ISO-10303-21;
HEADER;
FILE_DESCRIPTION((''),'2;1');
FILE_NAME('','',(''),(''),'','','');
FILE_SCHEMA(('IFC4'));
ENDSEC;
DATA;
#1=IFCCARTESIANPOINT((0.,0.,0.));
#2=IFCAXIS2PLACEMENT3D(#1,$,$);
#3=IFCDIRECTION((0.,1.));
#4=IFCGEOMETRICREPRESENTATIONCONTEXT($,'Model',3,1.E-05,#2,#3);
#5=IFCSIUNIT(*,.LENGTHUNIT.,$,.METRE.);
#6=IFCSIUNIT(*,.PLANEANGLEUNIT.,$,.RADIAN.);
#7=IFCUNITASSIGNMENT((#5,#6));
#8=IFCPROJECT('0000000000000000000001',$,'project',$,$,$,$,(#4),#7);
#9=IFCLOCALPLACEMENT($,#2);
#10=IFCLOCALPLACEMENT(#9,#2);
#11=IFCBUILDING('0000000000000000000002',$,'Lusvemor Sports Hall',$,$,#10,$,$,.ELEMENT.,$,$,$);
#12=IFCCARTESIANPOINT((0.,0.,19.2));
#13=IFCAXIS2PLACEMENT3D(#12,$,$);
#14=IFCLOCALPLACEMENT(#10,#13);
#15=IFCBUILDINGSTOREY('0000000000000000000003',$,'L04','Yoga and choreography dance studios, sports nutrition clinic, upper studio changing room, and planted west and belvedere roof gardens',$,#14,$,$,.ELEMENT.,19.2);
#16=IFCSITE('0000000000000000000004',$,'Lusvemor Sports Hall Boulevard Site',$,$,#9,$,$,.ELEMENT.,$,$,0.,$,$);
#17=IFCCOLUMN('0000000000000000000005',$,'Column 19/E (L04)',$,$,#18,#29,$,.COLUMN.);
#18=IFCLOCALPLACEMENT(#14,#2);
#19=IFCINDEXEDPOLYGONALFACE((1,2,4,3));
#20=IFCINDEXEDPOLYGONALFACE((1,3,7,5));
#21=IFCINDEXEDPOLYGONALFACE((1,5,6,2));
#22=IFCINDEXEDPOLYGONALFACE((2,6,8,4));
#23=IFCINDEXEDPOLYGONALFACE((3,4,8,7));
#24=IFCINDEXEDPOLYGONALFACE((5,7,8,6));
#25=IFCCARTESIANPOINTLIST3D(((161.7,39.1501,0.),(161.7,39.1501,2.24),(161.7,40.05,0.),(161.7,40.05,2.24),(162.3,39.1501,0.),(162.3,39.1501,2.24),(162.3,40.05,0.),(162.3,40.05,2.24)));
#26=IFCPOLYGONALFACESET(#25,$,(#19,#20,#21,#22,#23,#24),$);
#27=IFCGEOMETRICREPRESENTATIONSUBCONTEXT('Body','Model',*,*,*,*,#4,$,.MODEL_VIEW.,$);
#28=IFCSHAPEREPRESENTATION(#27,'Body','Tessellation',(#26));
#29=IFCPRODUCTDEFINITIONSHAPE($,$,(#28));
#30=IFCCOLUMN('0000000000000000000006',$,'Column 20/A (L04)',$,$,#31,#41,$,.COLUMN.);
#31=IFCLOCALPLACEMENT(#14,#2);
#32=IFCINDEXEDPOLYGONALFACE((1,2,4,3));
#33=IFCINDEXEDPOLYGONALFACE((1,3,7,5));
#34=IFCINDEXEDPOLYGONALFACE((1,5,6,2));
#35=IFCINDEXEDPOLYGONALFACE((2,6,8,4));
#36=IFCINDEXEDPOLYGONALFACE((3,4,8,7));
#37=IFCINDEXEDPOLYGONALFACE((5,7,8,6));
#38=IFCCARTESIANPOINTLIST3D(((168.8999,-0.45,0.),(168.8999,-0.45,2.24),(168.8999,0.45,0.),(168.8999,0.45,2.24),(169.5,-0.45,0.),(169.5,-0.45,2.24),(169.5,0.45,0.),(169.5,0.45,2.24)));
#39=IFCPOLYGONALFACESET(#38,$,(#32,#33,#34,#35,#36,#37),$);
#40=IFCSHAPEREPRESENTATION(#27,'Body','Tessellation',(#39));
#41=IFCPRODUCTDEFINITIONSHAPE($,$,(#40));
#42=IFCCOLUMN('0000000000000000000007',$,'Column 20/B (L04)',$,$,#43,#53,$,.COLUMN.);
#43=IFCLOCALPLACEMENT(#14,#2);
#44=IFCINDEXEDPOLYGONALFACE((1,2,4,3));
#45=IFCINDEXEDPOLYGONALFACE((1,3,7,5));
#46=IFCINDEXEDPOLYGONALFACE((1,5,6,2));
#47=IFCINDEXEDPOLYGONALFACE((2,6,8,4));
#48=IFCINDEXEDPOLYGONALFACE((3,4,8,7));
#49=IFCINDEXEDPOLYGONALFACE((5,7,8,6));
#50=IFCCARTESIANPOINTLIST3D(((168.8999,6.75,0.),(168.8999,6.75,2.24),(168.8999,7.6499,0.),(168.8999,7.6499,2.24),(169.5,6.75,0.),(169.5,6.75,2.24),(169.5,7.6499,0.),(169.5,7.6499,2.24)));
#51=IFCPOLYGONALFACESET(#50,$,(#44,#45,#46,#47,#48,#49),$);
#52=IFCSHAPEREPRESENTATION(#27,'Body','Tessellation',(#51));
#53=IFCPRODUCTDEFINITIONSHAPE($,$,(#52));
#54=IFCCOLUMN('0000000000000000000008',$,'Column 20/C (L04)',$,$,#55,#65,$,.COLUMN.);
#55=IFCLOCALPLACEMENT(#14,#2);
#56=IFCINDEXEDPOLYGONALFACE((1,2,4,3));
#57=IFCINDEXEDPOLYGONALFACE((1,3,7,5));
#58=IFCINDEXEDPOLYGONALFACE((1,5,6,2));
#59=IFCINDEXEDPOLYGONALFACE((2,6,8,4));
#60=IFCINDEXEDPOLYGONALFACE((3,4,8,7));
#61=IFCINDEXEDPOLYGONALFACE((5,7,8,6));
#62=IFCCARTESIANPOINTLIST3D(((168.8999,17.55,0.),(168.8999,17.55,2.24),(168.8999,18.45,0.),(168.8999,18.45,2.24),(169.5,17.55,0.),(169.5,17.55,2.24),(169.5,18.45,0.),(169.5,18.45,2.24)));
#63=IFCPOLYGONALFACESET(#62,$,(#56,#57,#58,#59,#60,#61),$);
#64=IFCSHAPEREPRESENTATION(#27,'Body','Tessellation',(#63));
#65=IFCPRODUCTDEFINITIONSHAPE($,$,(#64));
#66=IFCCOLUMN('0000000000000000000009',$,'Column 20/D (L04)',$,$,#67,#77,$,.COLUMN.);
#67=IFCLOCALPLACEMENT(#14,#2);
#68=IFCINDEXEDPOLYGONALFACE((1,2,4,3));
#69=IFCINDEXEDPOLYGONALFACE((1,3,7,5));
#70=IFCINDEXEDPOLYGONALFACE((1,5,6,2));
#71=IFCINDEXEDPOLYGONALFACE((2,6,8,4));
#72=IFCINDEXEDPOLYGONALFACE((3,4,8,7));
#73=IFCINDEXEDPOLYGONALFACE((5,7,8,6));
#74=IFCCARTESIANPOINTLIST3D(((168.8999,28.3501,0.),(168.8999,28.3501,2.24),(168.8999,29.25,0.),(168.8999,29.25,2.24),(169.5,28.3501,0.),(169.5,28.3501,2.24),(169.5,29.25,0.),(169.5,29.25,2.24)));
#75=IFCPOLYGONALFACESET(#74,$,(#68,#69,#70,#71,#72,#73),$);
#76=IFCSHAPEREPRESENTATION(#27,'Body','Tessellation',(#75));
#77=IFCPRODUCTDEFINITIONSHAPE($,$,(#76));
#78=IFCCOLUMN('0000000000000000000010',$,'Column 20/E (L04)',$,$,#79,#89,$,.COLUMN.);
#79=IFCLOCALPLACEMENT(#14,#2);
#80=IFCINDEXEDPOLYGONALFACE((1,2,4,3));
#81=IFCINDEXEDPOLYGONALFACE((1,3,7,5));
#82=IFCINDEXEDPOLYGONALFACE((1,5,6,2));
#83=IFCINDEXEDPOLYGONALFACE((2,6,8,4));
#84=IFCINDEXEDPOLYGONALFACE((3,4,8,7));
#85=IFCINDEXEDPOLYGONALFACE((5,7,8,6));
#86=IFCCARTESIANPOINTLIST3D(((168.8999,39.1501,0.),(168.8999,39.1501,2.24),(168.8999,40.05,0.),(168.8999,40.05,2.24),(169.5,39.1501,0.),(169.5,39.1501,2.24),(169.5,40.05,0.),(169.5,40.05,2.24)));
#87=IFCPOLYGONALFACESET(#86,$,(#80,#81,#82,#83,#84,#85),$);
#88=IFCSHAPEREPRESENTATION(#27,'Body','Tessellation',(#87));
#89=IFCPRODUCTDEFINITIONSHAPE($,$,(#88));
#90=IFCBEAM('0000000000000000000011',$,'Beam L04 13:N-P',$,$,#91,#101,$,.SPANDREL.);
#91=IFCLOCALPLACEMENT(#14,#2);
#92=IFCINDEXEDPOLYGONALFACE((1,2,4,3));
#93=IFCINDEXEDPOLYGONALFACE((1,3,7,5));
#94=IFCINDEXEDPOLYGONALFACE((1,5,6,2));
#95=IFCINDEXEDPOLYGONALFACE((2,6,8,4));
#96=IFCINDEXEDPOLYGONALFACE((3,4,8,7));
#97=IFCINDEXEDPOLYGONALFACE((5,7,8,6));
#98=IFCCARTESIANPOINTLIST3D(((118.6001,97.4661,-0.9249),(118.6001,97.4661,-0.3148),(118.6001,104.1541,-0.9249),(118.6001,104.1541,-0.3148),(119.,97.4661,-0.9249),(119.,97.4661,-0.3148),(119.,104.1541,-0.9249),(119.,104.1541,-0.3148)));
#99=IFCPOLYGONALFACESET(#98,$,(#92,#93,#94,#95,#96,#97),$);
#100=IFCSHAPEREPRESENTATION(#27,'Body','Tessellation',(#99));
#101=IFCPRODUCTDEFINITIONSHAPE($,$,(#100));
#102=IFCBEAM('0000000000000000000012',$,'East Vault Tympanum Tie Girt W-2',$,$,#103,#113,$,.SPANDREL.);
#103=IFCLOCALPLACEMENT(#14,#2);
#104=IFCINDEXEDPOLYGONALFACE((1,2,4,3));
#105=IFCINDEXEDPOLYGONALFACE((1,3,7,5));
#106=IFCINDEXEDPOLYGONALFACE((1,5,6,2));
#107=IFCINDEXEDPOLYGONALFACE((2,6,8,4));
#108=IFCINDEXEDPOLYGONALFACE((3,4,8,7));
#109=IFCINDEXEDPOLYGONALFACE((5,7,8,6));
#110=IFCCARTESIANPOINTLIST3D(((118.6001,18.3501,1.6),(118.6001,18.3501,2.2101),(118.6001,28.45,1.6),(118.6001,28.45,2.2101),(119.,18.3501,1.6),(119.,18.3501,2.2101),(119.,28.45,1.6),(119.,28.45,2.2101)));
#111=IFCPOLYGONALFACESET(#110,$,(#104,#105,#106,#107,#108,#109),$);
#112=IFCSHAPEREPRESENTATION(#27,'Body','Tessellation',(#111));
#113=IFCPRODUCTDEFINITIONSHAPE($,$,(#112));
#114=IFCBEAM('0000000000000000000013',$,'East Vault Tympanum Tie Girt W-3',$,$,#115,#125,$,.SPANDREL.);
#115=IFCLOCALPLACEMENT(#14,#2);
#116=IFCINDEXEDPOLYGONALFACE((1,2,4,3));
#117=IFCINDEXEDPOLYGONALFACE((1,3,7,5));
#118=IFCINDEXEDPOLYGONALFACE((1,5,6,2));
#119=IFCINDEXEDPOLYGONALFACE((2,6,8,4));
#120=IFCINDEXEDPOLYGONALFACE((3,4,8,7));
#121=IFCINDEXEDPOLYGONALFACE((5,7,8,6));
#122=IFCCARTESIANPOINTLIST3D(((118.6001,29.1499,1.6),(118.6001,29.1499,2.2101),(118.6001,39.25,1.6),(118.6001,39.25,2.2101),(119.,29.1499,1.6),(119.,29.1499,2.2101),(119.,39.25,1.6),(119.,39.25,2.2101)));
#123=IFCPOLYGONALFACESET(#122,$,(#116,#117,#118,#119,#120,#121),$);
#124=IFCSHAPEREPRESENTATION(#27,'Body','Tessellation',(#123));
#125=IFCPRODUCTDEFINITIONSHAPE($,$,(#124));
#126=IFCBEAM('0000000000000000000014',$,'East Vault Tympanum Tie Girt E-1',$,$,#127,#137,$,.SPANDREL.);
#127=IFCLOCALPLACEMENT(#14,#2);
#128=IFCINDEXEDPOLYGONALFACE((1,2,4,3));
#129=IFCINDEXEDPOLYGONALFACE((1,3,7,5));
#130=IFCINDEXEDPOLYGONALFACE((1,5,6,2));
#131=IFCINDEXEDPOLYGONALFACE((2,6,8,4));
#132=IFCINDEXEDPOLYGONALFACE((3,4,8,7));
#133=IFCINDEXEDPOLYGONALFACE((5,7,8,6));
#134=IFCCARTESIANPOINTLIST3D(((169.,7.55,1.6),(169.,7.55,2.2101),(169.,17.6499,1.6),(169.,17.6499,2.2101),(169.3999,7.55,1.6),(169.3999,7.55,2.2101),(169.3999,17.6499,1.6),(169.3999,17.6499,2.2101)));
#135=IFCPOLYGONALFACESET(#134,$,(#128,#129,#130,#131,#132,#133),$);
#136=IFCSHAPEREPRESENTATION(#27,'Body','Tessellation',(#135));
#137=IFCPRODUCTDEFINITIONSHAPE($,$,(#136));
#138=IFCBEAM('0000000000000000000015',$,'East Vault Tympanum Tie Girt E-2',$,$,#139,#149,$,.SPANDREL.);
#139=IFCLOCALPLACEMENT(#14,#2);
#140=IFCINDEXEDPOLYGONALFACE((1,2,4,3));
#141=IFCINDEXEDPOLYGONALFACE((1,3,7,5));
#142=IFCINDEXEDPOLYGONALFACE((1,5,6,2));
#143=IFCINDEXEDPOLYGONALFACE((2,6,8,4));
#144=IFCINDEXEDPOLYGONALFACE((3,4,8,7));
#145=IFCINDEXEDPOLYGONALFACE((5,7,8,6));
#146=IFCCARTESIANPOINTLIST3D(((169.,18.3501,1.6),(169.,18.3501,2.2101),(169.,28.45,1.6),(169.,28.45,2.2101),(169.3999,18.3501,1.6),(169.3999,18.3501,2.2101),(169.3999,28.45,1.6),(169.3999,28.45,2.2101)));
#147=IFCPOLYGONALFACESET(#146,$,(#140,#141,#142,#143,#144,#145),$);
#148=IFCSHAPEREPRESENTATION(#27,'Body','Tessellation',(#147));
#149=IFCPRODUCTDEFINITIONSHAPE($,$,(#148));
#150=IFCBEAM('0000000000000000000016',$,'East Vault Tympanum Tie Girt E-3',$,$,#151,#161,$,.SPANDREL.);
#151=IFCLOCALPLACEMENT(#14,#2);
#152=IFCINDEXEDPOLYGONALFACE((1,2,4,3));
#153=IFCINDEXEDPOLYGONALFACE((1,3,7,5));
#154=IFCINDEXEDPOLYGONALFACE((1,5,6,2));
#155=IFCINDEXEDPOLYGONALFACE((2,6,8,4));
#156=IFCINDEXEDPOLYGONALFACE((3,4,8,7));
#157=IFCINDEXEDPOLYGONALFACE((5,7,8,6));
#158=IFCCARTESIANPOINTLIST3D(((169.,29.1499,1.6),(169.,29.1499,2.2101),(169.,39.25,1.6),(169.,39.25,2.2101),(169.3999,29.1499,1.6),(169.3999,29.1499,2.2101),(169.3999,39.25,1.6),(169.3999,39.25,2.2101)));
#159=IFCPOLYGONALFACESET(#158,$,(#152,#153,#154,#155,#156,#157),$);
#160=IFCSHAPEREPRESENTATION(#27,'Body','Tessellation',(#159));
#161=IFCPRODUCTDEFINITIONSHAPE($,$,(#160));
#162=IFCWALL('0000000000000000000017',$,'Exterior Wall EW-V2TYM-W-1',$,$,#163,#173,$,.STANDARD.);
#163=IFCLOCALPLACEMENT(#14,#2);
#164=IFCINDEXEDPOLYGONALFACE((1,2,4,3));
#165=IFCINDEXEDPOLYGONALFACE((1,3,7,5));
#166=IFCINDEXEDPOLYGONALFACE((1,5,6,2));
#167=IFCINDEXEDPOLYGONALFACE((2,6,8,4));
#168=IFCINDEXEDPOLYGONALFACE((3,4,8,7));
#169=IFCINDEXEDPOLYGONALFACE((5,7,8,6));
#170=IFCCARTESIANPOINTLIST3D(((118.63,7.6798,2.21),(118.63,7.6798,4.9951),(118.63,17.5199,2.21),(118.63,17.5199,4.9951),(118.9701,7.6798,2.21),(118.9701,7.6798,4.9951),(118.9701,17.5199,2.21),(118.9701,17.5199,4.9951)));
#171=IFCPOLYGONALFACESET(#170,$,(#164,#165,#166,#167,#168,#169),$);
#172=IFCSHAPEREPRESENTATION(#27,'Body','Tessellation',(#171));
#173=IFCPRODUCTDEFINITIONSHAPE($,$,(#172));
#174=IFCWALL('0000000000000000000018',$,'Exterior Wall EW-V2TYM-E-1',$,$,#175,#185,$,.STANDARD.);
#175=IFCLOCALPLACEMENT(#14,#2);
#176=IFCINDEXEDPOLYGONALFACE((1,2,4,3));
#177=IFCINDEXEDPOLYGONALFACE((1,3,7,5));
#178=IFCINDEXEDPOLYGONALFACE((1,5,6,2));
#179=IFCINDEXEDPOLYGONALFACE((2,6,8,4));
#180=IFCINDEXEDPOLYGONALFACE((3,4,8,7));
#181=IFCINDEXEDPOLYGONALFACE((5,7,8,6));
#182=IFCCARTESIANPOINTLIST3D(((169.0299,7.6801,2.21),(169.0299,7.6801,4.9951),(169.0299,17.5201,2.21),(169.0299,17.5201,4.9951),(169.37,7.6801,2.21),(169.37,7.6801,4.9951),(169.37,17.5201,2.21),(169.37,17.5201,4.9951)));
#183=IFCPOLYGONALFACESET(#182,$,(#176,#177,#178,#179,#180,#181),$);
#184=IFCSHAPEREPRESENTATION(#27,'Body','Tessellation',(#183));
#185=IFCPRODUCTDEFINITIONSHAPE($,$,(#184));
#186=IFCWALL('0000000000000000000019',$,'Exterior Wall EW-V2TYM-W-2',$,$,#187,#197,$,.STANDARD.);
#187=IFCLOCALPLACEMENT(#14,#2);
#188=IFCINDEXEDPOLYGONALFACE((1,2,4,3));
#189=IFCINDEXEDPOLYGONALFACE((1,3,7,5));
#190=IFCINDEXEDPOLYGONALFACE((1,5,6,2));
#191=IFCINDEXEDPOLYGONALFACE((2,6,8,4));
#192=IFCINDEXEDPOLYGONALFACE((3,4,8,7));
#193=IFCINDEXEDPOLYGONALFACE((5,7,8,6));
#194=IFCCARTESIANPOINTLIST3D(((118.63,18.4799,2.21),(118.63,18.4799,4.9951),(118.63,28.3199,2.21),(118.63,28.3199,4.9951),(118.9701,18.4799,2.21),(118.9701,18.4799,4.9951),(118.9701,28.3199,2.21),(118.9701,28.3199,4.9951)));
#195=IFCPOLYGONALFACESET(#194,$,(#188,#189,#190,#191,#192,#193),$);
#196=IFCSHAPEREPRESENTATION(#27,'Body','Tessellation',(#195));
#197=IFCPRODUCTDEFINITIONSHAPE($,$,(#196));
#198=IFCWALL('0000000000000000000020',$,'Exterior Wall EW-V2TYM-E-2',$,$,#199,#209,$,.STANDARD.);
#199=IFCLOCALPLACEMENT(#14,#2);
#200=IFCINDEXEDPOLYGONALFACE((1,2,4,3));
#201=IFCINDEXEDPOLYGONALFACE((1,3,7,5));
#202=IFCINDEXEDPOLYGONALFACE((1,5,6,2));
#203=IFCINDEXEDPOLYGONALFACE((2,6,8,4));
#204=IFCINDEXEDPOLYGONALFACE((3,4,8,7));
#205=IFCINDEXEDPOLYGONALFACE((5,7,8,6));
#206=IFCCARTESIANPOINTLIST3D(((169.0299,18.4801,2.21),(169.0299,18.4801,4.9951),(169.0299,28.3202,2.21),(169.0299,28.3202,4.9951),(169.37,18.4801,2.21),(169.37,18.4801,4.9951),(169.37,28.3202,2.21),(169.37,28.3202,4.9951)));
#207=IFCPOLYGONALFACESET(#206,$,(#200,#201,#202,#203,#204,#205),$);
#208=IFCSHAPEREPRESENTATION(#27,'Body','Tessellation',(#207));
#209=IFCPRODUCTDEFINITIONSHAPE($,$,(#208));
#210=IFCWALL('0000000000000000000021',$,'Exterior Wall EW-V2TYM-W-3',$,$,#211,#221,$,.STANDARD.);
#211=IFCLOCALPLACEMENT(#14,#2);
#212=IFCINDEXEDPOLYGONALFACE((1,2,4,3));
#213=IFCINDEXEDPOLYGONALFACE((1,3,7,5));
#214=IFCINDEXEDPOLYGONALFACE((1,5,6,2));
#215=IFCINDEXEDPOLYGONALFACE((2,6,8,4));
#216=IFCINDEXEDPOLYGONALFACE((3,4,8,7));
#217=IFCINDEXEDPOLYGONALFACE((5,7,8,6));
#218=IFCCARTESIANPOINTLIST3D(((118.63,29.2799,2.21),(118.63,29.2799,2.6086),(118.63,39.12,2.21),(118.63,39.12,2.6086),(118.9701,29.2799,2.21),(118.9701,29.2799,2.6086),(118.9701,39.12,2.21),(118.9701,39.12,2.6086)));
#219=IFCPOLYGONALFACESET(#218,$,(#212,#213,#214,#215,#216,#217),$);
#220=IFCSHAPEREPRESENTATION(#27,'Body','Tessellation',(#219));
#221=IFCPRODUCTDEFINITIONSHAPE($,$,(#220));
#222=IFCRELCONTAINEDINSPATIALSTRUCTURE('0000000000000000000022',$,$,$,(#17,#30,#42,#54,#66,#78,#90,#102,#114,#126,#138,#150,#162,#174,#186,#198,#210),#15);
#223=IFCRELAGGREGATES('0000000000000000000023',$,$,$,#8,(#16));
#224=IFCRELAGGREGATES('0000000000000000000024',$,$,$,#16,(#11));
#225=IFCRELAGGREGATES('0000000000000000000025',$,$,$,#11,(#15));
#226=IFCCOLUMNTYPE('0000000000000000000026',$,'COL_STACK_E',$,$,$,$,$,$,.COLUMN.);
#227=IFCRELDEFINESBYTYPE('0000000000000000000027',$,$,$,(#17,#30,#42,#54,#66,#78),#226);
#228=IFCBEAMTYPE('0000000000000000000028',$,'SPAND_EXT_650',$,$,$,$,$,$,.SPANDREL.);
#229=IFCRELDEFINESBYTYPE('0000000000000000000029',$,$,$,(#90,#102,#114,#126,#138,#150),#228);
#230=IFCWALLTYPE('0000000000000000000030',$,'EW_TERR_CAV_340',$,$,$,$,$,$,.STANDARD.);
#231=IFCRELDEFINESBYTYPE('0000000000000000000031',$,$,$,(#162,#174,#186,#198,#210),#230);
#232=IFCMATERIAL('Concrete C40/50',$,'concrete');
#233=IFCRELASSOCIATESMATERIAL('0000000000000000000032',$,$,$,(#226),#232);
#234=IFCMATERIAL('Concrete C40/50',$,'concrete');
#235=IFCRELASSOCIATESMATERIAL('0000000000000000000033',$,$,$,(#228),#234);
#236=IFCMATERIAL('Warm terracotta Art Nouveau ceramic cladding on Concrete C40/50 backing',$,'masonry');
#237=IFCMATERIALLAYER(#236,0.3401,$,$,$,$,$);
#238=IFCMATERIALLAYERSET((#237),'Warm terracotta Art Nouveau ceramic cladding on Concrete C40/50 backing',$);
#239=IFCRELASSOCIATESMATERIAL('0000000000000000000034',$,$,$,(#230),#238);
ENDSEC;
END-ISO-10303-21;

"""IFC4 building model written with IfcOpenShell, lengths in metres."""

from ifc_helpers import new_model, si_unit, direction, frame, frame_2d, origin, origin_2d, place, context, subcontext, project, spatial, rectangle, extrude, material, layer, layer_set, material_profile, profile_set, type_object, element, save


model = new_model("IFC4")

# Units and contexts
model_context = context("Model", 3, precision=1e-05, world=origin(), true_north=direction((0.0, 1.0)))
body_context = subcontext(model_context, "Body", "Model", "MODEL_VIEW")
ifc_project = project(units=[si_unit("LENGTHUNIT", "METRE"), si_unit("PLANEANGLEUNIT", "RADIAN")], contexts=[model_context])

# Site, building, storey
site_placement = place(None, origin())
site = spatial("IfcSite", under=ifc_project, at=site_placement, Name="Lusvemor Sports Hall Boulevard Site", CompositionType="ELEMENT", RefElevation=0.0)
building_placement = place(site_placement, origin())
building = spatial("IfcBuilding", under=site, at=building_placement, Name="Lusvemor Sports Hall", CompositionType="ELEMENT")
storey_placement = place(building_placement, frame((0.0, 0.0, 19.2)))
storey = spatial("IfcBuildingStorey", under=building, at=storey_placement, Name="L04", Description="Yoga and choreography dance studios, sports nutrition clinic, upper studio changing room, and planted west and belvedere roof gardens", CompositionType="ELEMENT", Elevation=19.2)

# Columns
ifc_material_1 = material(Name="Concrete C40/50", Category="concrete")
ifc_material_profile_1 = material_profile(ifc_material_1, rectangle(XDim=0.6001, YDim=0.8999, at=origin_2d()), Name="RC600x900")
ifc_profile_set_1 = profile_set([ifc_material_profile_1], Name="Concrete C40/50")
column_type = type_object("IfcColumnType", Name="COL_STACK_E", PredefinedType="COLUMN", material=ifc_profile_set_1)
for number, where, z_axis, x_axis, name in (
    (1, (162.0, 39.6001, 0.0), (0.0, 0.0, 1.0), (1.0, 0.0, 0.0), "Column 19/E (L04)"),
    (2, (169.2, 0.0, 0.0), (0.0, 0.0, 1.0), (1.0, 0.0, 0.0), "Column 20/A (L04)"),
    (3, (169.2, 7.2, 0.0), (0.0, 0.0, 1.0), (1.0, 0.0, 0.0), "Column 20/B (L04)"),
    (4, (169.2, 18.0, 0.0), (0.0, 0.0, 1.0), (1.0, 0.0, 0.0), "Column 20/C (L04)"),
    (5, (169.2, 28.8, 0.0), (0.0, 0.0, 1.0), (1.0, 0.0, 0.0), "Column 20/D (L04)"),
    (6, (169.2, 39.6001, 0.0), (0.0, 0.0, 1.0), (1.0, 0.0, 0.0), "Column 20/E (L04)"),
):
    element("IfcColumn", number, at=place(storey_placement, frame(where, z_axis=z_axis, x_axis=x_axis)), inside=storey, type_object=column_type, Name=name, PredefinedType="COLUMN", context=body_context, shape_type="SweptSolid", body=[
        extrude(rectangle(XDim=0.6001, YDim=0.8999, at=origin_2d()), origin(), (0.0, 0.0, 1.0), 2.24),
    ])

# Beams
ifc_material_2 = material(Name="Concrete C40/50", Category="concrete")
ifc_material_profile_2 = material_profile(ifc_material_2, rectangle(XDim=0.3999, YDim=0.6101, at=origin_2d()), Name="RC400x610")
ifc_profile_set_2 = profile_set([ifc_material_profile_2], Name="Concrete C40/50")
beam_type = type_object("IfcBeamType", Name="SPAND_EXT_650", PredefinedType="SPANDREL", material=ifc_profile_set_2)
beam_1_placement = place(storey_placement, frame((118.8, 97.4661, -0.6199), z_axis=(0.0, 1.0, 0.0), x_axis=(-1.0, 0.0, 0.0)))
element("IfcBeam", 7, at=beam_1_placement, inside=storey, type_object=beam_type, Name="Beam L04 13:N-P", PredefinedType="SPANDREL", context=body_context, shape_type="SweptSolid", body=[
    extrude(rectangle(XDim=0.3999, YDim=0.6101, at=origin_2d()), origin(), (0.0, 0.0, 1.0), 6.688),
])
beam_2_placement = place(storey_placement, frame((118.8, 18.3501, 1.905), z_axis=(0.0, 1.0, 0.0), x_axis=(-1.0, 0.0, 0.0)))
element("IfcBeam", 8, at=beam_2_placement, inside=storey, type_object=beam_type, Name="East Vault Tympanum Tie Girt W-2", PredefinedType="SPANDREL", context=body_context, shape_type="SweptSolid", body=[
    extrude(rectangle(XDim=0.3999, YDim=0.6101, at=origin_2d()), origin(), (0.0, 0.0, 1.0), 10.0999),
])
beam_3_placement = place(storey_placement, frame((118.8, 29.1499, 1.905), z_axis=(0.0, 1.0, 0.0), x_axis=(-1.0, 0.0, 0.0)))
element("IfcBeam", 9, at=beam_3_placement, inside=storey, type_object=beam_type, Name="East Vault Tympanum Tie Girt W-3", PredefinedType="SPANDREL", context=body_context, shape_type="SweptSolid", body=[
    extrude(rectangle(XDim=0.3999, YDim=0.6101, at=origin_2d()), origin(), (0.0, 0.0, 1.0), 10.1001),
])
for number, where, z_axis, x_axis, name in (
    (10, (169.2, 7.55, 1.905), (0.0, 1.0, 0.0), (-1.0, 0.0, 0.0), "East Vault Tympanum Tie Girt E-1"),
    (11, (169.2, 18.3501, 1.905), (0.0, 1.0, 0.0), (-1.0, 0.0, 0.0), "East Vault Tympanum Tie Girt E-2"),
):
    element("IfcBeam", number, at=place(storey_placement, frame(where, z_axis=z_axis, x_axis=x_axis)), inside=storey, type_object=beam_type, Name=name, PredefinedType="SPANDREL", context=body_context, shape_type="SweptSolid", body=[
        extrude(rectangle(XDim=0.3999, YDim=0.6101, at=origin_2d()), origin(), (0.0, 0.0, 1.0), 10.0999),
    ])
beam_4_placement = place(storey_placement, frame((169.2, 29.1499, 1.905), z_axis=(0.0, 1.0, 0.0), x_axis=(-1.0, 0.0, 0.0)))
element("IfcBeam", 12, at=beam_4_placement, inside=storey, type_object=beam_type, Name="East Vault Tympanum Tie Girt E-3", PredefinedType="SPANDREL", context=body_context, shape_type="SweptSolid", body=[
    extrude(rectangle(XDim=0.3999, YDim=0.6101, at=origin_2d()), origin(), (0.0, 0.0, 1.0), 10.1001),
])

# Walls
ifc_material_3 = material(Name="Warm terracotta Art Nouveau ceramic cladding on Concrete C40/50 backing", Category="masonry")
ifc_layer = layer(ifc_material_3, 0.3401)
ifc_layer_set = layer_set([ifc_layer], Name="Warm terracotta Art Nouveau ceramic cladding on Concrete C40/50 backing")
wall_type = type_object("IfcWallType", Name="EW_TERR_CAV_340", PredefinedType="STANDARD", material=ifc_layer_set)
for number, where, z_axis, x_axis, name in (
    (13, (118.8, 7.6799, 2.21), (0.0, 0.0, 1.0), (0.0, 1.0, 0.0), "Exterior Wall EW-V2TYM-W-1"),
    (14, (169.2, 17.52, 2.21), (0.0, 0.0, 1.0), (0.0, -1.0, 0.0), "Exterior Wall EW-V2TYM-E-1"),
    (15, (118.8, 18.48, 2.21), (0.0, 0.0, 1.0), (0.0, 1.0, 0.0), "Exterior Wall EW-V2TYM-W-2"),
    (16, (169.2, 28.3201, 2.21), (0.0, 0.0, 1.0), (0.0, -1.0, 0.0), "Exterior Wall EW-V2TYM-E-2"),
):
    element("IfcWall", number, at=place(storey_placement, frame(where, z_axis=z_axis, x_axis=x_axis)), inside=storey, type_object=wall_type, Name=name, PredefinedType="STANDARD", context=body_context, shape_type="SweptSolid", body=[
        extrude(rectangle(XDim=9.8401, YDim=0.3401, at=frame_2d((4.9199, 0.0))), origin(), (0.0, 0.0, 1.0), 2.7852),
    ])
for number, where, z_axis, x_axis, name in (
    (17, (118.8, 29.28, 2.21), (0.0, 0.0, 1.0), (0.0, 1.0, 0.0), "Exterior Wall EW-V2TYM-W-3"),
):
    element("IfcWall", number, at=place(storey_placement, frame(where, z_axis=z_axis, x_axis=x_axis)), inside=storey, type_object=wall_type, Name=name, PredefinedType="STANDARD", context=body_context, shape_type="SweptSolid", body=[
        extrude(rectangle(XDim=9.8401, YDim=0.3401, at=frame_2d((4.9199, 0.0))), origin(), (0.0, 0.0, 1.0), 0.3987),
    ])

save(model, "model.ifc")
